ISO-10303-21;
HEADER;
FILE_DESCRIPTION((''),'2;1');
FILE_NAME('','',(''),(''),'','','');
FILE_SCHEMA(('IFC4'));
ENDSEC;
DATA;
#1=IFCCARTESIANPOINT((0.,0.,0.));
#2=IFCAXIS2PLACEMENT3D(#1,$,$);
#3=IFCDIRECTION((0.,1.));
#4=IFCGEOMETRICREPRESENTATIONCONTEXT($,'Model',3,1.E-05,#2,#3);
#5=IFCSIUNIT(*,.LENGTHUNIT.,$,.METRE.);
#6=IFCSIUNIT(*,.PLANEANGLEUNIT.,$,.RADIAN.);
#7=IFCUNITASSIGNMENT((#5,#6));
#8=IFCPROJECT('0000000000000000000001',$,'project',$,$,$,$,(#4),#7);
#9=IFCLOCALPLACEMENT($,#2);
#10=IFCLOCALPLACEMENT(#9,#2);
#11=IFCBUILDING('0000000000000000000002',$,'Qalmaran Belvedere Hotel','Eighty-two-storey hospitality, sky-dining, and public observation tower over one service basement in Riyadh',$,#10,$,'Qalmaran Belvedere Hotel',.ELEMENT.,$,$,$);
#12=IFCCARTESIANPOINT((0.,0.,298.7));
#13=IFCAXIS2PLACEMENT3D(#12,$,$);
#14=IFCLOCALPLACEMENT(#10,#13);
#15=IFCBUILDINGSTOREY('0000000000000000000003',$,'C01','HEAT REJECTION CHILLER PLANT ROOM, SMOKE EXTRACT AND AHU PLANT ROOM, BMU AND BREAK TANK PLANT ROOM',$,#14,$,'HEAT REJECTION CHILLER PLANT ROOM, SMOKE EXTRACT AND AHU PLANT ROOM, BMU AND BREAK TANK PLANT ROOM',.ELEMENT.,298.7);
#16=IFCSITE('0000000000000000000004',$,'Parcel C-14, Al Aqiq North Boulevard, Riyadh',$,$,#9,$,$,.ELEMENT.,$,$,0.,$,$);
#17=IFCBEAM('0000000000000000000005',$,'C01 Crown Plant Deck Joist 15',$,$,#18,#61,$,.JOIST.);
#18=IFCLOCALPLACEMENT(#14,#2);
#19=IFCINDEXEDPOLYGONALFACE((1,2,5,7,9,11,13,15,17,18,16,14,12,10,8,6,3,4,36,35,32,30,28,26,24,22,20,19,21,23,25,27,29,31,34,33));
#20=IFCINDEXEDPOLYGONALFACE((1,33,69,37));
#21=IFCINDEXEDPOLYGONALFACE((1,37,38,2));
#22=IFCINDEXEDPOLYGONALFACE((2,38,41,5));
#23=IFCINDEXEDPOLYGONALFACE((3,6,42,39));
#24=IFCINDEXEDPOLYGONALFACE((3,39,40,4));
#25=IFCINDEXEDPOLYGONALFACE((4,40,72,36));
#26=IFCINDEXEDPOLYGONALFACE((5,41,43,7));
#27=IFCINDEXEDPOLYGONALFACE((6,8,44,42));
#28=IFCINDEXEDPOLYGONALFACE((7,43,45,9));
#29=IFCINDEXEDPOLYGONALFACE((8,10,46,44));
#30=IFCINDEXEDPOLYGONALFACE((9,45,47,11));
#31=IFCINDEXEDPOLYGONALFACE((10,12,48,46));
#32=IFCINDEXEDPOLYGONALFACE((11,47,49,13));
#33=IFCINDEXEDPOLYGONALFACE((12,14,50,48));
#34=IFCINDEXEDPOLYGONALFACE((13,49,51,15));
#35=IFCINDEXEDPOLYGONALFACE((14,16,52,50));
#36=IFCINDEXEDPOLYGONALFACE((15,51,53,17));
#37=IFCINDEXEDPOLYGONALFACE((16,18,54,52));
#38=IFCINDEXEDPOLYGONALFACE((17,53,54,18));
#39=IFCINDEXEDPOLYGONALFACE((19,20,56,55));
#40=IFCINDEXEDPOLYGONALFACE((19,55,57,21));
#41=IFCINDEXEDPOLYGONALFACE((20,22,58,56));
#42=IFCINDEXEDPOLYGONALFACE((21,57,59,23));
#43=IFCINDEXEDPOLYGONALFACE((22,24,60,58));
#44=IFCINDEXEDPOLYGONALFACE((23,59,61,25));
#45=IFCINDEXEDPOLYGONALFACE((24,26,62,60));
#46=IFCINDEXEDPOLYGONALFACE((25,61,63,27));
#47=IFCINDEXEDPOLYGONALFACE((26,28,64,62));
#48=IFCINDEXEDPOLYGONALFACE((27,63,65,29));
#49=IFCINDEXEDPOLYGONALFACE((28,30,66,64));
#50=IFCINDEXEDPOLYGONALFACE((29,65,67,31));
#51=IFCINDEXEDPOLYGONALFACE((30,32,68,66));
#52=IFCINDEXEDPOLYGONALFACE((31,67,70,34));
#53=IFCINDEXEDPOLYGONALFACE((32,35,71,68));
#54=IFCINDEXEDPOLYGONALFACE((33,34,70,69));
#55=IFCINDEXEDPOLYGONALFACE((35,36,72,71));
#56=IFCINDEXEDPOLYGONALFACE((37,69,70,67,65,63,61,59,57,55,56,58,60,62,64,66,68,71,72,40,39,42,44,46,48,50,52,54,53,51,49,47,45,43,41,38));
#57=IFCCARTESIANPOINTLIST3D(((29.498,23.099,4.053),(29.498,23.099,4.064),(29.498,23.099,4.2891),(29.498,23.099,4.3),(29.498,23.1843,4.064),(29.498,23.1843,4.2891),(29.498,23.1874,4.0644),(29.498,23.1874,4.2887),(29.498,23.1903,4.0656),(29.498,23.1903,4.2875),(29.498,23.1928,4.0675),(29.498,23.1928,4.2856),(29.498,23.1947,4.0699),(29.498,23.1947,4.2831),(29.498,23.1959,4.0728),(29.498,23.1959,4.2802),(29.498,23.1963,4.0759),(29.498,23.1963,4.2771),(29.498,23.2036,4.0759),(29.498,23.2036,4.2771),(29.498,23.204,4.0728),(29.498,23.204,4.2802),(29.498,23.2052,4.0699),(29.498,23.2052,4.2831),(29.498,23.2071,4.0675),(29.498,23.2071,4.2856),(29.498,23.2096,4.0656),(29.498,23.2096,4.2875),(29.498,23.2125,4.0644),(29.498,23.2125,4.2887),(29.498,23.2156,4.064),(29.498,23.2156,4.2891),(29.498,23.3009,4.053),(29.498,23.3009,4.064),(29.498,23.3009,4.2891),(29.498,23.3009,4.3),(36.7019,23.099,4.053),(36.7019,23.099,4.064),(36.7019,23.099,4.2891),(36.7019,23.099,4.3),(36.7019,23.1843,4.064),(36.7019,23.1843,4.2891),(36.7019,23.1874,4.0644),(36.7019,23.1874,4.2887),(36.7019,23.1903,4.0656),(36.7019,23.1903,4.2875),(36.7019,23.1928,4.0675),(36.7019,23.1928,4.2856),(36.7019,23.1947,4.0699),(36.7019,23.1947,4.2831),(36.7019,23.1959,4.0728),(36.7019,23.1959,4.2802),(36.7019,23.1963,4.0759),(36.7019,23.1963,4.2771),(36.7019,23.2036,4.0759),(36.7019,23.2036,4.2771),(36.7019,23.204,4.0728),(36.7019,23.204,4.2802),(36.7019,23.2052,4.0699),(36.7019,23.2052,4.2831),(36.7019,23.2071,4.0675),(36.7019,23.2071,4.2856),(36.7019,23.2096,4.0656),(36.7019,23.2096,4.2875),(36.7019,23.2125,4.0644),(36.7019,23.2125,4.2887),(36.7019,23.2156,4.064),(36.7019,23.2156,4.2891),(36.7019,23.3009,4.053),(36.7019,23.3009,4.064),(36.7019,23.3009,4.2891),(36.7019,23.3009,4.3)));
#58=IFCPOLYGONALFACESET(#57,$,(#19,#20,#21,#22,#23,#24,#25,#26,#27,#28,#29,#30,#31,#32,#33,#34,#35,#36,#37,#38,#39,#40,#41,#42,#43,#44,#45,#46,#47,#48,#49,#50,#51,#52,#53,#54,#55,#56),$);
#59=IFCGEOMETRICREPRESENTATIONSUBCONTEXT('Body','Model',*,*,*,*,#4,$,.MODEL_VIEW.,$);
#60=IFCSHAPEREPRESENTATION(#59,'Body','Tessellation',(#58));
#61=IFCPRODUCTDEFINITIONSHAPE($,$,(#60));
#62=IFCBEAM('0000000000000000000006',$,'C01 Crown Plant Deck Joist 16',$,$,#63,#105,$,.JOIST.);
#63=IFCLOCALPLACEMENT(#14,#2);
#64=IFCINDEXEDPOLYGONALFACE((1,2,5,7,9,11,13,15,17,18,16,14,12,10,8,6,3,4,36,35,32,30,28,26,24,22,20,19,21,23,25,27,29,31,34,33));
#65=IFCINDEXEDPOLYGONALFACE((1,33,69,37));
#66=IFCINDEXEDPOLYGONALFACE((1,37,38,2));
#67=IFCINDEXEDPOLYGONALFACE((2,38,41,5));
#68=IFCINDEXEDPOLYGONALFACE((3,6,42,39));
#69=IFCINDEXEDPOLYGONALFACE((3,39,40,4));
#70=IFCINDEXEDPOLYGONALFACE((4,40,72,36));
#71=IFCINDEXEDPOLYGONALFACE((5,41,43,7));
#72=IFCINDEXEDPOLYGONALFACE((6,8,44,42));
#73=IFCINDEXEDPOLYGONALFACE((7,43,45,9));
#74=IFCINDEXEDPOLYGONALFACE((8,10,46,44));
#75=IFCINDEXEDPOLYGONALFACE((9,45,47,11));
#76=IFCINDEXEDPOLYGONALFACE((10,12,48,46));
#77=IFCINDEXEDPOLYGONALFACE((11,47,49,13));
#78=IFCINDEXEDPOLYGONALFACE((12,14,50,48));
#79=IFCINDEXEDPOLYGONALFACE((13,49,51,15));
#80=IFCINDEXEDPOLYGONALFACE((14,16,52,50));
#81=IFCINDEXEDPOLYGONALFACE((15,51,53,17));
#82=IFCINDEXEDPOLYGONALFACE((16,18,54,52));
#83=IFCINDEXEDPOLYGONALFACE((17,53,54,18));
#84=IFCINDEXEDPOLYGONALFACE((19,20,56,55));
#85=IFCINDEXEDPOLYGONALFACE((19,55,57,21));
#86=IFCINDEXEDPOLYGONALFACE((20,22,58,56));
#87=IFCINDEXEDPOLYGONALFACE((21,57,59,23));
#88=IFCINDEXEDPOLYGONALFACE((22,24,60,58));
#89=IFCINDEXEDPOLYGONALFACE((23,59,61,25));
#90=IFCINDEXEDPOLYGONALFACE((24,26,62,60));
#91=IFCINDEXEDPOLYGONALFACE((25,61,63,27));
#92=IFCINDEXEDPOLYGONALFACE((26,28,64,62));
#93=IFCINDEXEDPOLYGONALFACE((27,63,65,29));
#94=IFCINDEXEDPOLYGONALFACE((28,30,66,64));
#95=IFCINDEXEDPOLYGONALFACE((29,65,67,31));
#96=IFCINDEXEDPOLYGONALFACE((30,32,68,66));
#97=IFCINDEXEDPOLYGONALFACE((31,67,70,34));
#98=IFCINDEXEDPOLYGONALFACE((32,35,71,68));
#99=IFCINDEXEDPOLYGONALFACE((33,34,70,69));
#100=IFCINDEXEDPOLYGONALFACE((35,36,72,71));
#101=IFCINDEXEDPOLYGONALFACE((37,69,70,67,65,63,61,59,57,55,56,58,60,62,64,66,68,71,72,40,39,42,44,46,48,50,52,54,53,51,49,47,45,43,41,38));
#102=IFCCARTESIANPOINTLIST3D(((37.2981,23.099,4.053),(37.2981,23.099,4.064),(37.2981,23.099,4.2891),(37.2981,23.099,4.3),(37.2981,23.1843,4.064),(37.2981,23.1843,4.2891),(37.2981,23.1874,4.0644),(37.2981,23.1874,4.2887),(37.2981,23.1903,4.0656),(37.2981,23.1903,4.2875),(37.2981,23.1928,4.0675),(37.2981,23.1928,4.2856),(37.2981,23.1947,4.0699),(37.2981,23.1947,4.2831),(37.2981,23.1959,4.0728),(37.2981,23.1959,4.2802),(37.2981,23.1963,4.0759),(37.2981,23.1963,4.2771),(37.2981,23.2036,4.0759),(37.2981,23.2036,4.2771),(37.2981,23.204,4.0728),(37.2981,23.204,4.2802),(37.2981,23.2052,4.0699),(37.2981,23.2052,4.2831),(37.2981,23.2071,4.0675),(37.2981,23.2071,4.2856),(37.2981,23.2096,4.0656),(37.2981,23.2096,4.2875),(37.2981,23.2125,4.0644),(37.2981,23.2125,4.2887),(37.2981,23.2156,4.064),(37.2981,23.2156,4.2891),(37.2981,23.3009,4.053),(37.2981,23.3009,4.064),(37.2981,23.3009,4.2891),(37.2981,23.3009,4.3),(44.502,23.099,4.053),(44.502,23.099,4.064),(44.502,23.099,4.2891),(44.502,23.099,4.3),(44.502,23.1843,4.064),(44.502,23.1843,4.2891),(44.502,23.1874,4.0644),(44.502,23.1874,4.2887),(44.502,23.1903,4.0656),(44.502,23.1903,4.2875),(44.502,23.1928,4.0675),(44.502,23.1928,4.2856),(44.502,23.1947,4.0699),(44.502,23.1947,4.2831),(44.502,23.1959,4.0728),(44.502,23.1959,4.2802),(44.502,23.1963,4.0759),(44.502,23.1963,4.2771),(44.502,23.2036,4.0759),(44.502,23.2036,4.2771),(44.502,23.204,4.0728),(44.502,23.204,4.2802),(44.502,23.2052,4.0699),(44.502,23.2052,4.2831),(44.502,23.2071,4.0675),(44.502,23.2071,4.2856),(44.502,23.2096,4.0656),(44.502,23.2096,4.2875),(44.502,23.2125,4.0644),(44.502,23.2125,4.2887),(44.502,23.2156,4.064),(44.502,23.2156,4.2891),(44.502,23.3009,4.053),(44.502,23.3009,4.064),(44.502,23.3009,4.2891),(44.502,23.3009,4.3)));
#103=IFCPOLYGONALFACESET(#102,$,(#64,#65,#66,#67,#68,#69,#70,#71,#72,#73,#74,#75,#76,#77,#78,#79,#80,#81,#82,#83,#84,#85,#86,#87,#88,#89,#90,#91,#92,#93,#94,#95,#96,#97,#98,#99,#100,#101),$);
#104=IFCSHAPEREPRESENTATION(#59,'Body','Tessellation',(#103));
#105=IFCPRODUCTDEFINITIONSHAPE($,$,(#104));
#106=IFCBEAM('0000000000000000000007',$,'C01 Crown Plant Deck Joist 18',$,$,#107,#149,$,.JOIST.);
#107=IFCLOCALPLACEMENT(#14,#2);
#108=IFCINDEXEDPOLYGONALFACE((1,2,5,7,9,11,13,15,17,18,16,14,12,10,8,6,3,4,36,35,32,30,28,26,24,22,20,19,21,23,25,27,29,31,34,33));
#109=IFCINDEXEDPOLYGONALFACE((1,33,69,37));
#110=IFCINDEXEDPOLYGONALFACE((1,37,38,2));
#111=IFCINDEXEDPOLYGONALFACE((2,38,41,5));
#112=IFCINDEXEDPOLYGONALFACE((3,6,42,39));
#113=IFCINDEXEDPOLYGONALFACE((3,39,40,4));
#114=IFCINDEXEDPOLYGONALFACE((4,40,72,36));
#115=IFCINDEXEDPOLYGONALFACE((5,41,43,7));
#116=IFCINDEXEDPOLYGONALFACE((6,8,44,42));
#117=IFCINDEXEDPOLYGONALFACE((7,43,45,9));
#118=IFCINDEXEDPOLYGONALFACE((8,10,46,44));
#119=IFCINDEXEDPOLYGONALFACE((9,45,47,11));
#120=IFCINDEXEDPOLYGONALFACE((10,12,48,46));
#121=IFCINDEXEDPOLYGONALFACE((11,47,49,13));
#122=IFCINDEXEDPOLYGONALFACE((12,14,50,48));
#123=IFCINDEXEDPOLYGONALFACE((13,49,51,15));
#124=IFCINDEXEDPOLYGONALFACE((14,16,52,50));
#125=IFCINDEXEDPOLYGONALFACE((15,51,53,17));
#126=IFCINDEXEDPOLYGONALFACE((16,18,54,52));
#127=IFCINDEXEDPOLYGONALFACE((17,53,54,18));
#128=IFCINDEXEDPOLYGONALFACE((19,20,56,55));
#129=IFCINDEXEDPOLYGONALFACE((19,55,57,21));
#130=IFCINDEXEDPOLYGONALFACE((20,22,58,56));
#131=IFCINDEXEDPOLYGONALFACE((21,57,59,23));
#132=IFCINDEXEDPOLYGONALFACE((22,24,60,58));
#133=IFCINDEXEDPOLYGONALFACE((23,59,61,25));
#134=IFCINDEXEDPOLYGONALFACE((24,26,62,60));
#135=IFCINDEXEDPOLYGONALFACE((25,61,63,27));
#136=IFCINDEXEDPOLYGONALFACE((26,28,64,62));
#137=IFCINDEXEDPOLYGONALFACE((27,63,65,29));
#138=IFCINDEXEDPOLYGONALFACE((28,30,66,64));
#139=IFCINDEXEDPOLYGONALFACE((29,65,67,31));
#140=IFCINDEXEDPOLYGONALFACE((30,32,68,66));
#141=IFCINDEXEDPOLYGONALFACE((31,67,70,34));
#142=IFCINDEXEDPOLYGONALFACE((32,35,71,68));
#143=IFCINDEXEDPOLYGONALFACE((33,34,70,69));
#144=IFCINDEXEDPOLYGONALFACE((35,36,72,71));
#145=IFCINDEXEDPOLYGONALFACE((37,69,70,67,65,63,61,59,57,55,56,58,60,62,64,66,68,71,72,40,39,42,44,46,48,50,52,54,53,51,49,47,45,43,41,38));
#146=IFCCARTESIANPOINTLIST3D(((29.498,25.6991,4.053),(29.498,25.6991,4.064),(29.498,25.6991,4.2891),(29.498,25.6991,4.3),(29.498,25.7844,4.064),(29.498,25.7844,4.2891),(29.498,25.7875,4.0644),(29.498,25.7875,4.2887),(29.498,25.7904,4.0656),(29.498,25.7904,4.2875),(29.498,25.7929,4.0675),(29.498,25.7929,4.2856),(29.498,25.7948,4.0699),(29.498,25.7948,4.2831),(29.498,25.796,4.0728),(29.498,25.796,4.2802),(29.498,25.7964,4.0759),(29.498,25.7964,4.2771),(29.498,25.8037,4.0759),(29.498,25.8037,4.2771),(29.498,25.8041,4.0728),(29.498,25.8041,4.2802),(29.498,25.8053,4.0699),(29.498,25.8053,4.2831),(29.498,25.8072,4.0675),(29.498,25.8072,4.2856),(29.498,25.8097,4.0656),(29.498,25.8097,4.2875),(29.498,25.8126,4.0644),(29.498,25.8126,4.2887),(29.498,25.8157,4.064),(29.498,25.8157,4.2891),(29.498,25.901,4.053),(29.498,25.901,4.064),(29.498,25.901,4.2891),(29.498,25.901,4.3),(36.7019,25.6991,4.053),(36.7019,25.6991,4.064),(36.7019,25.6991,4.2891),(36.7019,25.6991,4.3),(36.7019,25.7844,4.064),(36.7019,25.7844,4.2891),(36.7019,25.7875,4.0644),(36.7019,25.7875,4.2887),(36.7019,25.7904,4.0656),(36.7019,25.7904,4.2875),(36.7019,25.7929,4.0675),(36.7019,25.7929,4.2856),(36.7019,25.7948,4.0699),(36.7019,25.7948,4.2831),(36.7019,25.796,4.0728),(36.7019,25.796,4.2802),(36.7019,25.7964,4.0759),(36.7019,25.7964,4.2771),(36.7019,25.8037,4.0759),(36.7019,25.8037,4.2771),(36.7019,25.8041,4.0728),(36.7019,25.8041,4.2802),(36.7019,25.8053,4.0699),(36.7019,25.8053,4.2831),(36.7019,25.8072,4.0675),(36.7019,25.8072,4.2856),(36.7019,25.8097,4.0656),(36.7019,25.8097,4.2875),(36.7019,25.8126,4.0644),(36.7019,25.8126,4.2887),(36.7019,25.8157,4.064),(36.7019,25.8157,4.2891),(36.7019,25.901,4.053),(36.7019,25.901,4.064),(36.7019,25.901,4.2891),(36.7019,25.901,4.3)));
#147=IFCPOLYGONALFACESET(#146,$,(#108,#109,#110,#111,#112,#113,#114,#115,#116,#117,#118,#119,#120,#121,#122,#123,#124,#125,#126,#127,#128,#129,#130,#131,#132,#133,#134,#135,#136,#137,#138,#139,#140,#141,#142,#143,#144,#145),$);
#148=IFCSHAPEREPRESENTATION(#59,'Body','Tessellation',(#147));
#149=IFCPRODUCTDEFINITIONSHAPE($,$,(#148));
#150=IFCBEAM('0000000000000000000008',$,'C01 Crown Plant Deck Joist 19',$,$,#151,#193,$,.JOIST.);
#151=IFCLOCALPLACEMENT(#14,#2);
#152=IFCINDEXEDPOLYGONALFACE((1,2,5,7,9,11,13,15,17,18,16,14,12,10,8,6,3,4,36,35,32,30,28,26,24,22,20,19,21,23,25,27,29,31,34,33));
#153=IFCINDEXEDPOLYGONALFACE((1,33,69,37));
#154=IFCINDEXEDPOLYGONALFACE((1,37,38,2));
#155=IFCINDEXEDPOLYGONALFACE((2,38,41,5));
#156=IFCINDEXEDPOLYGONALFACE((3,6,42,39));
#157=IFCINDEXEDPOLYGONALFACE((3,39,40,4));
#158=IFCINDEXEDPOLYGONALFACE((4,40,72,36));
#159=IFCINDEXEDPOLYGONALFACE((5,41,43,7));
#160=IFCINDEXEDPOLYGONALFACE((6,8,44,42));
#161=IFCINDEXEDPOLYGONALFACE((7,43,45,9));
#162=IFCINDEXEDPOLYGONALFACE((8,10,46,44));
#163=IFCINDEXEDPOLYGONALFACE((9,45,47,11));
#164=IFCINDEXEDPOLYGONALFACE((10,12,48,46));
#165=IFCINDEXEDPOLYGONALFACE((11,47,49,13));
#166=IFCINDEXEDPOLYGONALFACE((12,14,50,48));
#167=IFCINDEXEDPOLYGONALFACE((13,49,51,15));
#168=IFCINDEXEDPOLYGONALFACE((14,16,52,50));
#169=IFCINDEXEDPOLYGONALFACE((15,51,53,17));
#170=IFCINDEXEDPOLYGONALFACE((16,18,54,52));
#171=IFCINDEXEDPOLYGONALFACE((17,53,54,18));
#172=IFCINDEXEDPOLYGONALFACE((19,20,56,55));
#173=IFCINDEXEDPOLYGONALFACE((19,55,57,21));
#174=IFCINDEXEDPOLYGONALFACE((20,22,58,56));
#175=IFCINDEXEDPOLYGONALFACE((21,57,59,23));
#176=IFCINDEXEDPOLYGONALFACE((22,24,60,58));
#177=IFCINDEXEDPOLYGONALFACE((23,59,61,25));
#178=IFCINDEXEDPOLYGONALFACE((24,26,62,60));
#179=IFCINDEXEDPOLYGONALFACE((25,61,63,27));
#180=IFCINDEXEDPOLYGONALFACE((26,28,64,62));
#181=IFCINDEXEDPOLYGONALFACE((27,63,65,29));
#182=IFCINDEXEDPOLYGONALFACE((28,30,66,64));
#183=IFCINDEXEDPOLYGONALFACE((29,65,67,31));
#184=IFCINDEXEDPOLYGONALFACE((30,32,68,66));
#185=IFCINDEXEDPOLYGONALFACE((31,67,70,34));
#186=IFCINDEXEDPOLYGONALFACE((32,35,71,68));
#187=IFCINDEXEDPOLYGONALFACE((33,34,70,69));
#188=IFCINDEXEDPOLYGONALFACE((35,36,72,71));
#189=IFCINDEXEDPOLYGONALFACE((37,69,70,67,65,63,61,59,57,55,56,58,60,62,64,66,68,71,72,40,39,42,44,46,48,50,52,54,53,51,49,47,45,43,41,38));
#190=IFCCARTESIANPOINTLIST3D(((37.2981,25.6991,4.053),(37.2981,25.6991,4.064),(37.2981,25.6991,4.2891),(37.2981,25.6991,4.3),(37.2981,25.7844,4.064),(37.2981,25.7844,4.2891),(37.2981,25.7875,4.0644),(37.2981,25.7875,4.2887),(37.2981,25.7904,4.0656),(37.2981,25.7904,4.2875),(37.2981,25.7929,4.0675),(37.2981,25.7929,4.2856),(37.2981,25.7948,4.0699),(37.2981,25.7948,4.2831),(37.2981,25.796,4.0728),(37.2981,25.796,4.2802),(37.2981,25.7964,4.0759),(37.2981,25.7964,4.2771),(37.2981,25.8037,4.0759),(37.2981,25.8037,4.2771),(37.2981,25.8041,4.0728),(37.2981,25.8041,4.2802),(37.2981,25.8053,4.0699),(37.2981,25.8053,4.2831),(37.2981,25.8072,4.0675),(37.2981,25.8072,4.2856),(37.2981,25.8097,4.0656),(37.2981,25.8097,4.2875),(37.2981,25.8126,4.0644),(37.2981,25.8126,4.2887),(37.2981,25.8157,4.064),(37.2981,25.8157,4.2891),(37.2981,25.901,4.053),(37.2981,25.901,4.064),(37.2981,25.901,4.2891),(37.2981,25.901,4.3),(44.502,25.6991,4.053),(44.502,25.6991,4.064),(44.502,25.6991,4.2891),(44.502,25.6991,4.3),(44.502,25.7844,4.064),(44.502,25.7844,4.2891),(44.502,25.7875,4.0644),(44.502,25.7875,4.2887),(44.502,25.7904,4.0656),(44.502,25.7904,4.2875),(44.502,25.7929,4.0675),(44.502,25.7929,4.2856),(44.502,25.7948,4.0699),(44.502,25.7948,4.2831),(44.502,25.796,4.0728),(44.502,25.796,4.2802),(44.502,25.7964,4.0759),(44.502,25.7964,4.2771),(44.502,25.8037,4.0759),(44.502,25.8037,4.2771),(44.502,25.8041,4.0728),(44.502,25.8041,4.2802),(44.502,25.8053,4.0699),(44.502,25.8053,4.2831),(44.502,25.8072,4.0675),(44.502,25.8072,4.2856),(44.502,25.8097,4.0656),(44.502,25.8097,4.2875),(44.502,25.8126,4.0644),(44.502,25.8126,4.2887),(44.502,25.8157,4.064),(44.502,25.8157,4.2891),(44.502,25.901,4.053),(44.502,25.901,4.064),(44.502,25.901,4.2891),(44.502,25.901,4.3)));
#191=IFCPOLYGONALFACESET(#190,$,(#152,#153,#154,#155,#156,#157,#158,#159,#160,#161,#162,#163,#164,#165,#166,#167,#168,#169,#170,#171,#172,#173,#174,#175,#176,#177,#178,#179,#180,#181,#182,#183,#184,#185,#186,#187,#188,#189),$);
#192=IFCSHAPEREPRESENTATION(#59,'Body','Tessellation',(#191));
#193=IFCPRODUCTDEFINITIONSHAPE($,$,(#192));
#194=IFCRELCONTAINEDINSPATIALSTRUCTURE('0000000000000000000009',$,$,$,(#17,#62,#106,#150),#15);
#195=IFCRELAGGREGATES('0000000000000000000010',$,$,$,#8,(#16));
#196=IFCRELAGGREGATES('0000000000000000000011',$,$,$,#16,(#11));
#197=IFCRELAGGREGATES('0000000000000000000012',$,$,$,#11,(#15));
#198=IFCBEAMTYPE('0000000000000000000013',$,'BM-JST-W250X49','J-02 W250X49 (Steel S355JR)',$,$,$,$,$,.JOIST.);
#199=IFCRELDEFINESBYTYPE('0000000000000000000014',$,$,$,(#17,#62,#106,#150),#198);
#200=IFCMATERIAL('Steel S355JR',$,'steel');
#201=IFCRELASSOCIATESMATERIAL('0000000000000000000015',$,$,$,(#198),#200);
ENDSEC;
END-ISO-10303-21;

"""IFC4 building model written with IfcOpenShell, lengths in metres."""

from ifc_helpers import new_model, si_unit, direction, frame, origin, origin_2d, place, context, subcontext, project, spatial, i_section, extrude, material, material_profile, profile_set, type_object, element, save


model = new_model("IFC4")

# Units and contexts
model_context = context("Model", 3, precision=1e-05, world=origin(), true_north=direction((0.0, 1.0)))
body_context = subcontext(model_context, "Body", "Model", "MODEL_VIEW")
ifc_project = project(units=[si_unit("LENGTHUNIT", "METRE"), si_unit("PLANEANGLEUNIT", "RADIAN")], contexts=[model_context])

# Site, building, storey
site_placement = place(None, origin())
site = spatial("IfcSite", under=ifc_project, at=site_placement, Name="Parcel C-14, Al Aqiq North Boulevard, Riyadh", CompositionType="ELEMENT", RefElevation=0.0)
building_placement = place(site_placement, origin())
building = spatial("IfcBuilding", under=site, at=building_placement, Name="Qalmaran Belvedere Hotel", Description="Eighty-two-storey hospitality, sky-dining, and public observation tower over one service basement in Riyadh", LongName="Qalmaran Belvedere Hotel", CompositionType="ELEMENT")
storey_placement = place(building_placement, frame((0.0, 0.0, 298.7)))
storey = spatial("IfcBuildingStorey", under=building, at=storey_placement, Name="C01", Description="HEAT REJECTION CHILLER PLANT ROOM, SMOKE EXTRACT AND AHU PLANT ROOM, BMU AND BREAK TANK PLANT ROOM", LongName="HEAT REJECTION CHILLER PLANT ROOM, SMOKE EXTRACT AND AHU PLANT ROOM, BMU AND BREAK TANK PLANT ROOM", CompositionType="ELEMENT", Elevation=298.7)

# Beams
ifc_material_1 = material(Name="Steel S355JR", Category="steel")
ifc_material_profile_1 = material_profile(ifc_material_1, i_section(OverallWidth=0.2019, OverallDepth=0.2471, WebThickness=0.0073, FlangeThickness=0.011, FilletRadius=0.012, at=origin_2d()), Name="W250X49")
ifc_profile_set_1 = profile_set([ifc_material_profile_1], Name="Steel S355JR")
beam_type_1 = type_object("IfcBeamType", Name="BM-JST-W250X49", Description="J-02 W250X49 (Steel S355JR)", PredefinedType="JOIST", material=ifc_profile_set_1)
for number, where, z_axis, x_axis, name in (
    (1, (29.498, 23.2, 4.1765), (1.0, 0.0, 0.0), (0.0, 1.0, 0.0), "C01 Crown Plant Deck Joist 15"),
    (2, (37.2981, 23.2, 4.1765), (1.0, 0.0, 0.0), (0.0, 1.0, 0.0), "C01 Crown Plant Deck Joist 16"),
    (3, (29.498, 25.8, 4.1765), (1.0, 0.0, 0.0), (0.0, 1.0, 0.0), "C01 Crown Plant Deck Joist 18"),
    (4, (37.2981, 25.8, 4.1765), (1.0, 0.0, 0.0), (0.0, 1.0, 0.0), "C01 Crown Plant Deck Joist 19"),
):
    element("IfcBeam", number, at=place(storey_placement, frame(where, z_axis=z_axis, x_axis=x_axis)), inside=storey, type_object=beam_type_1, Name=name, PredefinedType="JOIST", context=body_context, shape_type="SweptSolid", body=[
        extrude(i_section(OverallWidth=0.2019, OverallDepth=0.2471, WebThickness=0.0073, FlangeThickness=0.011, FilletRadius=0.012, at=origin_2d()), origin(), (0.0, 0.0, 1.0), 7.2039),
    ])

save(model, "model.ifc")
